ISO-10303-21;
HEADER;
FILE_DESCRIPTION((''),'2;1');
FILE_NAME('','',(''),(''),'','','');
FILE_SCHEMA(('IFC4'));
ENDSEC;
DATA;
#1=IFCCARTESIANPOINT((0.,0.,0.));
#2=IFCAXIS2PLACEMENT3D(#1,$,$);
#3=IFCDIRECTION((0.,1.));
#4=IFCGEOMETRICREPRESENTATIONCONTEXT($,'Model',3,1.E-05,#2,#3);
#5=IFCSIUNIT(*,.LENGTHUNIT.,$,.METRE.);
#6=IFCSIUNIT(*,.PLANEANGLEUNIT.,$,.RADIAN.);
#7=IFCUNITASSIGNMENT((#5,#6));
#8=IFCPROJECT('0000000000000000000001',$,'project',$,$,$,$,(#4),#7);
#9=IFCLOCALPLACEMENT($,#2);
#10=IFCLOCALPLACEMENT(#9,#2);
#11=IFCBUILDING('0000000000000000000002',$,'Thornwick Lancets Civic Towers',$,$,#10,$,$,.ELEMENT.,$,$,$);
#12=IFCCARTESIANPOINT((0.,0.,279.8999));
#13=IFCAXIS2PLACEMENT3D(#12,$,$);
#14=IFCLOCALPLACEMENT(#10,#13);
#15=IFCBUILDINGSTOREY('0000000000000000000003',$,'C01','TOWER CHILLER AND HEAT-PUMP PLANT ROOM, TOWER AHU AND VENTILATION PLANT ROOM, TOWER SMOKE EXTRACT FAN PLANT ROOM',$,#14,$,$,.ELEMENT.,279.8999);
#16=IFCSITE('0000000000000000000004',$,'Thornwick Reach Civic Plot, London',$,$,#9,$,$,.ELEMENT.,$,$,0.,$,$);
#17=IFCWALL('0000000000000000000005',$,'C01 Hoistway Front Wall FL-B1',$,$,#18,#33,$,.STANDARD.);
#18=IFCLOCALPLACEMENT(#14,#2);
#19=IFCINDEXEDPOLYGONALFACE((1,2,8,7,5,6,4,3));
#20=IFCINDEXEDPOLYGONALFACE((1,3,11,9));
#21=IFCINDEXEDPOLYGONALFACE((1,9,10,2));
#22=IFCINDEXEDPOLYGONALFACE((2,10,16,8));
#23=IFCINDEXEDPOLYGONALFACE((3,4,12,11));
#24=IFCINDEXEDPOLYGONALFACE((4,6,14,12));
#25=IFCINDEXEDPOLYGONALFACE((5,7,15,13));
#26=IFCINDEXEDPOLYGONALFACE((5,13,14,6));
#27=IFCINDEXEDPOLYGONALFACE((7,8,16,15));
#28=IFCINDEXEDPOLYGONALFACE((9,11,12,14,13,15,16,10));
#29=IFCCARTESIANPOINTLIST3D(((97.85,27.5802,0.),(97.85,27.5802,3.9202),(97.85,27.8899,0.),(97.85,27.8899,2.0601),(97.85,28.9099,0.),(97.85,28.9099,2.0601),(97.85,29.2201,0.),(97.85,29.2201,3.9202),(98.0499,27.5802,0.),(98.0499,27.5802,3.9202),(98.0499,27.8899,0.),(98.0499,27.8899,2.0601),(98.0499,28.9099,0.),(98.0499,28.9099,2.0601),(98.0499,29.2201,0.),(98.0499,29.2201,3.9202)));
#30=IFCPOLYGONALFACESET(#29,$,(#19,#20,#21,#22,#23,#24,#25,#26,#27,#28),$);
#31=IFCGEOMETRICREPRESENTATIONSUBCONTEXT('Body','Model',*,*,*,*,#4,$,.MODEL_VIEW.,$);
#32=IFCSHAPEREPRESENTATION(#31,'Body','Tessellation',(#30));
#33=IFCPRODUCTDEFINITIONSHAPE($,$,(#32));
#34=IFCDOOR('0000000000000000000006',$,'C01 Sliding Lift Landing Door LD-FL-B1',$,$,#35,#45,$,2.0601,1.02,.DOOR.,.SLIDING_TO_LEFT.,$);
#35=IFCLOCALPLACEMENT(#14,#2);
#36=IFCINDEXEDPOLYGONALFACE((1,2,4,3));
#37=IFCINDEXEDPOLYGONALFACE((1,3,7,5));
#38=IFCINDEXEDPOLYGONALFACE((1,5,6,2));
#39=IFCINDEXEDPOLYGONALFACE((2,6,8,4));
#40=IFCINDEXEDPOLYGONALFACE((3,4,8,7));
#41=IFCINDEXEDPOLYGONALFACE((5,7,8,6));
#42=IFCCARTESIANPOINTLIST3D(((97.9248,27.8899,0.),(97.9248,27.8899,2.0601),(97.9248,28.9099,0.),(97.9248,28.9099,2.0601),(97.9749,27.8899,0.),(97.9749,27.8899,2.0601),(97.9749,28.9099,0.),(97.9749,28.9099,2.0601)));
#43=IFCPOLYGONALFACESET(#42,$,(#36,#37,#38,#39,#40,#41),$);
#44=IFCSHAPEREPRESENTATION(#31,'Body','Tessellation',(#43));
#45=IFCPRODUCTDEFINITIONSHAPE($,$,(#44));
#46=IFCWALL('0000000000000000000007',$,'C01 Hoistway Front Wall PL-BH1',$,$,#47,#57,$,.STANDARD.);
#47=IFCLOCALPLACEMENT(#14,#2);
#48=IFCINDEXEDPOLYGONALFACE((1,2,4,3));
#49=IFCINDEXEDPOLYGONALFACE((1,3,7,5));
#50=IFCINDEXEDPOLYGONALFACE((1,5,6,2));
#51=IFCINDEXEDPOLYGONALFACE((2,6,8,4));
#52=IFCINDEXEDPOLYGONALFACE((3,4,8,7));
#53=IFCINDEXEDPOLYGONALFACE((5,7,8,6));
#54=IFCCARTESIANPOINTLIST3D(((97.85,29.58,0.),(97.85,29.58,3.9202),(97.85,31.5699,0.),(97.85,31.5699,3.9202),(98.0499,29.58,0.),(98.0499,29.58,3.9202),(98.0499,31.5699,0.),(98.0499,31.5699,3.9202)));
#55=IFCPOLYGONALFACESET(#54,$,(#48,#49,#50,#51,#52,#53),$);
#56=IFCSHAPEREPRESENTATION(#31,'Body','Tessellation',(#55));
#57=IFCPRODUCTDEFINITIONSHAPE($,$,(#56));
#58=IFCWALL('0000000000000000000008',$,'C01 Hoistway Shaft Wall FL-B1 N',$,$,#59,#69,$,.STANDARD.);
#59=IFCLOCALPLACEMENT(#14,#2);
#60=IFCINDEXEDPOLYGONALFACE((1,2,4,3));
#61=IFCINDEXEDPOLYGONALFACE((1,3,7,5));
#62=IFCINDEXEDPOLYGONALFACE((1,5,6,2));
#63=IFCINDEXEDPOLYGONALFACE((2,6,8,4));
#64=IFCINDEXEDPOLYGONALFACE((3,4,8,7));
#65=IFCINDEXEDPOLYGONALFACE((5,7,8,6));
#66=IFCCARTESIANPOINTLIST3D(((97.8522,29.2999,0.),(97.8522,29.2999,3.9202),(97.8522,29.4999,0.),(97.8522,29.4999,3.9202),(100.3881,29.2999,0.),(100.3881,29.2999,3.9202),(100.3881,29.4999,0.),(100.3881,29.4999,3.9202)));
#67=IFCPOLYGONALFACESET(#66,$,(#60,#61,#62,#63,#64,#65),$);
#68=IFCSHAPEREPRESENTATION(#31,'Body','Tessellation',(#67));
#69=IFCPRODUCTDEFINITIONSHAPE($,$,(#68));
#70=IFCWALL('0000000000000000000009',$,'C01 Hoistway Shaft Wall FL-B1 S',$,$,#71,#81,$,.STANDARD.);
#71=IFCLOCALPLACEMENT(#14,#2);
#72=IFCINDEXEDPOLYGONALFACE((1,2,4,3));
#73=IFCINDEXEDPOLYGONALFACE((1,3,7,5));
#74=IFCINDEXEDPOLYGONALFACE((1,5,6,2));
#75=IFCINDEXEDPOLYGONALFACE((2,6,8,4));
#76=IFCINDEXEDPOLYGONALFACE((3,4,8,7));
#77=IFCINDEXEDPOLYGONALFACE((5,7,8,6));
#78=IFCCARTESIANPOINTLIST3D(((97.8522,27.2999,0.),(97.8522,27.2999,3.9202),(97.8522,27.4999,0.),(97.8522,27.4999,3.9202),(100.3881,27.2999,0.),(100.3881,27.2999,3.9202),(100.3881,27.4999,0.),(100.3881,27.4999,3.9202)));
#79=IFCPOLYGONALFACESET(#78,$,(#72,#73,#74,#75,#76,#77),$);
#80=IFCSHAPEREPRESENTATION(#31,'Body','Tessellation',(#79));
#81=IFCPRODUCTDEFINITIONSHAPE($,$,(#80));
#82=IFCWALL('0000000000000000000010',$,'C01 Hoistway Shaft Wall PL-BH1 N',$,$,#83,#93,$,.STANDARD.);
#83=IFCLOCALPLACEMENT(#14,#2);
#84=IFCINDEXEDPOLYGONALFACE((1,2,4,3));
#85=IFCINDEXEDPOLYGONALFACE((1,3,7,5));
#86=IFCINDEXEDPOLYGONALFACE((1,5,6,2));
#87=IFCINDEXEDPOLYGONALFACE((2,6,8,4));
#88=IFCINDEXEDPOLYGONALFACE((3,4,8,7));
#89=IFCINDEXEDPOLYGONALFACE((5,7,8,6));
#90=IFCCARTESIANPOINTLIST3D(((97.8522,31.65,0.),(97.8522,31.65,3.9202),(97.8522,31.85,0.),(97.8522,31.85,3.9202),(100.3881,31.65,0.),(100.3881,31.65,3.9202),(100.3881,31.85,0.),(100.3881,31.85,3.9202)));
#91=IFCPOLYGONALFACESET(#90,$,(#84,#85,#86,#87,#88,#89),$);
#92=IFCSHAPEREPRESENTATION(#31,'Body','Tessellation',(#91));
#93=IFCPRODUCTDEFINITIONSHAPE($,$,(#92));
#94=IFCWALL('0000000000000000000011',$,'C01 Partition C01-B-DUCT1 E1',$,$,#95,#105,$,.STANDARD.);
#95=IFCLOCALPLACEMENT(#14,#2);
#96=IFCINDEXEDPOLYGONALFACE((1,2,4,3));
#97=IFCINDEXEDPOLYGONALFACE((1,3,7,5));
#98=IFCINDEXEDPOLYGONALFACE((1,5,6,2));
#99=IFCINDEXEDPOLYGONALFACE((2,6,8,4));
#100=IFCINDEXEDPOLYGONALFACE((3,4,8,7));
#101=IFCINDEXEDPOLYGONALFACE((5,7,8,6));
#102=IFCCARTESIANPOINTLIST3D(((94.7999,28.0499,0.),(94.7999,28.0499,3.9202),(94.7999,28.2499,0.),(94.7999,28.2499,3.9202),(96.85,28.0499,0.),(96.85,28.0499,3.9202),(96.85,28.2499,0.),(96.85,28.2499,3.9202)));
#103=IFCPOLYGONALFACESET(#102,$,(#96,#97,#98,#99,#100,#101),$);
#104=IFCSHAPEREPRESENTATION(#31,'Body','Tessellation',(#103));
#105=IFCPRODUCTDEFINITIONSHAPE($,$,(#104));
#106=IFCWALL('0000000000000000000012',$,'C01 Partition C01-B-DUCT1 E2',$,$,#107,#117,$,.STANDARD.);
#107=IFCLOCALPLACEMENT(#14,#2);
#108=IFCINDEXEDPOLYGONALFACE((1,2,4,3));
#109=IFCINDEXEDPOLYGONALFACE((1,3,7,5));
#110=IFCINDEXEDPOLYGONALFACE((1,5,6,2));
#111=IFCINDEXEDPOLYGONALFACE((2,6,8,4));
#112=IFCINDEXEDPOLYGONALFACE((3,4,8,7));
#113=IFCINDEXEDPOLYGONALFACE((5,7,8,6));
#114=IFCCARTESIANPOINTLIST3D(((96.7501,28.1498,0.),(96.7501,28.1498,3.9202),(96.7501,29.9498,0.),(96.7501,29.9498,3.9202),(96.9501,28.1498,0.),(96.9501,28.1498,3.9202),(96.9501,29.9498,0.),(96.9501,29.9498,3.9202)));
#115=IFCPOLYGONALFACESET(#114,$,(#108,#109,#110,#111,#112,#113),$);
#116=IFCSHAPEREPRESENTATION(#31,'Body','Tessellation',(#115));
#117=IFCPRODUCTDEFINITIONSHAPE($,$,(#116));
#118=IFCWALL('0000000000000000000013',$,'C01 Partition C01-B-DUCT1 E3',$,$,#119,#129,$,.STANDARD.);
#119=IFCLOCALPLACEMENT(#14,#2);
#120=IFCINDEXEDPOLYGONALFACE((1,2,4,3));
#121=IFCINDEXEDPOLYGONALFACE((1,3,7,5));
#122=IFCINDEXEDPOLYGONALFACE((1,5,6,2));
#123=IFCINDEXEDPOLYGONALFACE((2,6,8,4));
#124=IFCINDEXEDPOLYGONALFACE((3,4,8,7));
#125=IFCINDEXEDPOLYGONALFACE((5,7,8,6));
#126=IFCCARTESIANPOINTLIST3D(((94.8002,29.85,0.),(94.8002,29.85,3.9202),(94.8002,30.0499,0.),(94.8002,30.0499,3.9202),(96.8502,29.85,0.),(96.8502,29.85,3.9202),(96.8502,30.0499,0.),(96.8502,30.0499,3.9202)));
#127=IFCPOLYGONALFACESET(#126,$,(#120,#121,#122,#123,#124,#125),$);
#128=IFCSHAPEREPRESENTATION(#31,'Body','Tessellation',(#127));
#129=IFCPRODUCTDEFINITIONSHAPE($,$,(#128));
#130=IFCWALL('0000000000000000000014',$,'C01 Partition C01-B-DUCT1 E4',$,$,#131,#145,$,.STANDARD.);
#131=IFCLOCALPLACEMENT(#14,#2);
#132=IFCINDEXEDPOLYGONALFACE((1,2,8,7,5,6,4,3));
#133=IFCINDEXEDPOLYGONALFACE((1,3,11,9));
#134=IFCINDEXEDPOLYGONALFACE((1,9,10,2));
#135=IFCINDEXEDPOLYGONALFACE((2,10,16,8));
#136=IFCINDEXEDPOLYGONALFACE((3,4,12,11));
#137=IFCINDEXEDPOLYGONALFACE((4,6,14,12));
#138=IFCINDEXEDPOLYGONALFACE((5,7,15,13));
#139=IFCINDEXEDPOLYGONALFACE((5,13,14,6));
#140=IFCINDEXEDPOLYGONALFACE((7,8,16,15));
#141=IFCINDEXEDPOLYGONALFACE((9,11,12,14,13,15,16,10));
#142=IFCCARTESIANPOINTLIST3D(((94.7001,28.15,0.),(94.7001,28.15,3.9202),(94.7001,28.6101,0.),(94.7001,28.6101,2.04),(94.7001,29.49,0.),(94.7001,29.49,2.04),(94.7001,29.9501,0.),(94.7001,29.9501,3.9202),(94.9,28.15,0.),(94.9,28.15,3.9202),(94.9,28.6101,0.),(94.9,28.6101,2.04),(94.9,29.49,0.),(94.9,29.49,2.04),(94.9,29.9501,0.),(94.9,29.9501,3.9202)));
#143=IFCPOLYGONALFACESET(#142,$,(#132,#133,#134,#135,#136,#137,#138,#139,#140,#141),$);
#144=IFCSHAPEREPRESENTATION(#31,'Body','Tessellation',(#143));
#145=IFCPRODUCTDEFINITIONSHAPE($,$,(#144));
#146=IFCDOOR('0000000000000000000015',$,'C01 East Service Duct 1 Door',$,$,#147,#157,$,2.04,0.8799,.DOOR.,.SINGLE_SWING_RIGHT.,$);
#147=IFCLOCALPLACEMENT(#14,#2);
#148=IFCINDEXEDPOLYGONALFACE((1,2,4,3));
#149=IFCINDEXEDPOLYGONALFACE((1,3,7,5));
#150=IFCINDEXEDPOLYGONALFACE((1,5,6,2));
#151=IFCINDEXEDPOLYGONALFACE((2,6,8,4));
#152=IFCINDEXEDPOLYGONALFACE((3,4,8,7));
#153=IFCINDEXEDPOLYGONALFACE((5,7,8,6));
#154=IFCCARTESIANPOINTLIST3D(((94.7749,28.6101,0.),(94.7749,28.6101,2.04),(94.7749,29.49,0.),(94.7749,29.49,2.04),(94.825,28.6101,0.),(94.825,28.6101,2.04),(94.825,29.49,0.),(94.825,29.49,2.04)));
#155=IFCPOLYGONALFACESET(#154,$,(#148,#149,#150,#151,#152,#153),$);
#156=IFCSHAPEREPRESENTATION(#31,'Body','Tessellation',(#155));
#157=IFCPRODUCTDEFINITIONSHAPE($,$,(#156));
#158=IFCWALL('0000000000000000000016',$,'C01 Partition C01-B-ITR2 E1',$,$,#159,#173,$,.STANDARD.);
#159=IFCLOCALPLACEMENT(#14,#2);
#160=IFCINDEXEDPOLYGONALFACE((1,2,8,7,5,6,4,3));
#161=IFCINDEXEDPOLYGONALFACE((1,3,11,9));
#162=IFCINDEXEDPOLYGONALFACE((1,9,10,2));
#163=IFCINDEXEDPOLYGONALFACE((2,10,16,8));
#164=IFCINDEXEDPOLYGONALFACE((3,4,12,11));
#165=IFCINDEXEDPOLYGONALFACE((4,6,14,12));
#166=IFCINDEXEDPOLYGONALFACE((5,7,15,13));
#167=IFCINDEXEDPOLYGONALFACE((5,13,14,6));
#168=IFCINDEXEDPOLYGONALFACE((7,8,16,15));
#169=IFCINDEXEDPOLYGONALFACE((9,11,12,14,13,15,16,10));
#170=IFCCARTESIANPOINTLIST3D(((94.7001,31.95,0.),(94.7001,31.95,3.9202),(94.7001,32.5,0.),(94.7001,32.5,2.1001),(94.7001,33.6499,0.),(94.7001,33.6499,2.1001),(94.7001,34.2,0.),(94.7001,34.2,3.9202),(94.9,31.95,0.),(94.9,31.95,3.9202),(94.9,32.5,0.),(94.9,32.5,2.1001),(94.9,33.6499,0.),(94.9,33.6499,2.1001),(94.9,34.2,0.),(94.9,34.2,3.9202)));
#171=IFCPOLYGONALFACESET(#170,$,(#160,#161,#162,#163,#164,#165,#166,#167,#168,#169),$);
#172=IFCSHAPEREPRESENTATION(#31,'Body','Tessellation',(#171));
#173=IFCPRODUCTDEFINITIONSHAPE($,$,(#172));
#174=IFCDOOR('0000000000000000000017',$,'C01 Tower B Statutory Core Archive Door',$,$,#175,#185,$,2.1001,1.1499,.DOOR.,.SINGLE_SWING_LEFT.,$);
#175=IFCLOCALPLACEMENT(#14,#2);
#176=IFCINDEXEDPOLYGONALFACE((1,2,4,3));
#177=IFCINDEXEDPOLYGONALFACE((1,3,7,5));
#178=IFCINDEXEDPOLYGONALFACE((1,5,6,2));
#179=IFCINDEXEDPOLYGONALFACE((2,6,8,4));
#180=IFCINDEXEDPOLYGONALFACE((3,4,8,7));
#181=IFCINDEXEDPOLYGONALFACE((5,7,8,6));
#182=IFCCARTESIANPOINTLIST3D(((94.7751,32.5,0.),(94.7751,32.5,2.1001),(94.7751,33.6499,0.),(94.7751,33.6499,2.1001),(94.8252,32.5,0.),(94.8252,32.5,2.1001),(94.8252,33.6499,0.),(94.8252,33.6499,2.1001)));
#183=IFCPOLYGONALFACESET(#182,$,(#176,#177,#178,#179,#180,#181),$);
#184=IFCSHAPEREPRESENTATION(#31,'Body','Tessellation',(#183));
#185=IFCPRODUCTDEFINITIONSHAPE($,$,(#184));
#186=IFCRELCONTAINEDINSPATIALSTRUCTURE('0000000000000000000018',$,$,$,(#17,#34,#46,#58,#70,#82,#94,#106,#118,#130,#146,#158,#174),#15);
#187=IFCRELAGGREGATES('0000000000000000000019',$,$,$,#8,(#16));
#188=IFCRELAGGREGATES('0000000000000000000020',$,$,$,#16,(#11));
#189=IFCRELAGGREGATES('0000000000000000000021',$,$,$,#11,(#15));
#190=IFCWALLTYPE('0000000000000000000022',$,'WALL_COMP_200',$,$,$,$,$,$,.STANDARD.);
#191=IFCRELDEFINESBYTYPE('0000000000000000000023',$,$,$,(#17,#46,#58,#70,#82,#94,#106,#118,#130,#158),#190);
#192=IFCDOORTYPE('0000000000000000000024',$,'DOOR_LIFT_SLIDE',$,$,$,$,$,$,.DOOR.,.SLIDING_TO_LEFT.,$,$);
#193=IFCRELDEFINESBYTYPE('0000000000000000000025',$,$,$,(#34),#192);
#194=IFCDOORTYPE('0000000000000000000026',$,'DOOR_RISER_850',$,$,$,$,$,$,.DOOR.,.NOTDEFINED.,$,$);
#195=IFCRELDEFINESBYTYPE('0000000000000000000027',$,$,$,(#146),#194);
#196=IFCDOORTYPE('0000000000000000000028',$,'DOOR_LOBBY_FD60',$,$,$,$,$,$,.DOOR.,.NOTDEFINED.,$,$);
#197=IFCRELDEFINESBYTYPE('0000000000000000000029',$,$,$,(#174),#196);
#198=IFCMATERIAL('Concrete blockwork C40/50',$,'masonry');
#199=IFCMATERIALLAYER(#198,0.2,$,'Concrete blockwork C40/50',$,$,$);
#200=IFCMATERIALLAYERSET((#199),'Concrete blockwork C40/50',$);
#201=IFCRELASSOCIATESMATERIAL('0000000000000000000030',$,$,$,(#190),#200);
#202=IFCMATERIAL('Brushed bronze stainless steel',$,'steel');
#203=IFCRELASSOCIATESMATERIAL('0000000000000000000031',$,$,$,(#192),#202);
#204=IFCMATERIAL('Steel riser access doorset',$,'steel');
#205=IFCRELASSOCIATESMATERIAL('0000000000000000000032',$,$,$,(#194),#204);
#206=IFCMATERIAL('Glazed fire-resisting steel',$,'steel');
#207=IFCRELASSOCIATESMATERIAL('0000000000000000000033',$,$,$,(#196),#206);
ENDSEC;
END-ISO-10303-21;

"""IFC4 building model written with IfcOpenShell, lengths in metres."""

from ifc_helpers import new_model, si_unit, direction, frame, frame_2d, origin, place, context, subcontext, project, spatial, rectangle, extrude, material, layer, layer_set, type_object, element, fill, save


model = new_model("IFC4")

# Units and contexts
model_context = context("Model", 3, precision=1e-05, world=origin(), true_north=direction((0.0, 1.0)))
body_context = subcontext(model_context, "Body", "Model", "MODEL_VIEW")
ifc_project = project(units=[si_unit("LENGTHUNIT", "METRE"), si_unit("PLANEANGLEUNIT", "RADIAN")], contexts=[model_context])

# Site, building, storey
site_placement = place(None, origin())
site = spatial("IfcSite", under=ifc_project, at=site_placement, Name="Thornwick Reach Civic Plot, London", CompositionType="ELEMENT", RefElevation=0.0)
building_placement = place(site_placement, origin())
building = spatial("IfcBuilding", under=site, at=building_placement, Name="Thornwick Lancets Civic Towers", CompositionType="ELEMENT")
storey_placement = place(building_placement, frame((0.0, 0.0, 279.8999)))
storey = spatial("IfcBuildingStorey", under=building, at=storey_placement, Name="C01", Description="TOWER CHILLER AND HEAT-PUMP PLANT ROOM, TOWER AHU AND VENTILATION PLANT ROOM, TOWER SMOKE EXTRACT FAN PLANT ROOM", CompositionType="ELEMENT", Elevation=279.8999)

# Wall, opening, door
ifc_material_1 = material(Name="Concrete blockwork C40/50", Category="masonry")
ifc_layer_1 = layer(ifc_material_1, 0.2, Name="Concrete blockwork C40/50")
ifc_layer_set_1 = layer_set([ifc_layer_1], Name="Concrete blockwork C40/50")
wall_type_1 = type_object("IfcWallType", Name="WALL_COMP_200", PredefinedType="STANDARD", material=ifc_layer_set_1)
wall_1_placement = place(storey_placement, frame((97.95, 29.22, 0.0), z_axis=(0.0, 0.0, 1.0), x_axis=(0.0, -1.0, 0.0)))
wall_1 = element("IfcWall", 1, at=wall_1_placement, inside=storey, type_object=wall_type_1, Name="C01 Hoistway Front Wall FL-B1", PredefinedType="STANDARD", context=body_context, shape_type="SweptSolid", body=[
    extrude(rectangle(XDim=1.6399, YDim=0.2, at=frame_2d((0.8198, 0.0))), origin(), (0.0, 0.0, 1.0), 3.9202),
])
opening_1_placement = place(wall_1_placement, frame((0.3101, 0.0, 0.0)))
opening_1 = element("IfcOpeningElement", 2, at=opening_1_placement, cuts=wall_1, PredefinedType="OPENING", context=body_context, shape_type="SweptSolid", body=[
    extrude(rectangle(XDim=1.02, YDim=2.0601, at=frame_2d((0.51, 1.03))), frame((0.0, 0.1099, 0.0), z_axis=(0.0, -1.0, 0.0), x_axis=(1.0, 0.0, 0.0)), (0.0, 0.0, 1.0), 0.22),
])
ifc_material_2 = material(Name="Brushed bronze stainless steel", Category="steel")
door_type_1 = type_object("IfcDoorType", Name="DOOR_LIFT_SLIDE", OperationType="SLIDING_TO_LEFT", PredefinedType="DOOR", material=ifc_material_2)
door_1_placement = place(opening_1_placement, origin())
door_1 = element("IfcDoor", 3, at=door_1_placement, inside=storey, type_object=door_type_1, Name="C01 Sliding Lift Landing Door LD-FL-B1", OperationType="SLIDING_TO_LEFT", OverallHeight=2.0601, OverallWidth=1.02, PredefinedType="DOOR", context=body_context, shape_type="SweptSolid", body=[
    extrude(rectangle(XDim=1.02, YDim=2.0601, at=frame_2d((0.51, 1.03))), frame((0.0, 0.0249, 0.0), z_axis=(0.0, -1.0, 0.0), x_axis=(1.0, 0.0, 0.0)), (0.0, 0.0, 1.0), 0.05),
])
fill(opening_1, door_1)

# Walls
wall_2_placement = place(storey_placement, frame((97.95, 31.5701, 0.0), z_axis=(0.0, 0.0, 1.0), x_axis=(0.0, -1.0, 0.0)))
element("IfcWall", 4, at=wall_2_placement, inside=storey, type_object=wall_type_1, Name="C01 Hoistway Front Wall PL-BH1", PredefinedType="STANDARD", context=body_context, shape_type="SweptSolid", body=[
    extrude(rectangle(XDim=1.99, YDim=0.2, at=frame_2d((0.9951, 0.0))), origin(), (0.0, 0.0, 1.0), 3.9202),
])
for number, where, z_axis, x_axis, name in (
    (5, (97.8521, 29.3999, 0.0), (0.0, 0.0, 1.0), (1.0, 0.0, 0.0), "C01 Hoistway Shaft Wall FL-B1 N"),
    (6, (97.8521, 27.3999, 0.0), (0.0, 0.0, 1.0), (1.0, 0.0, 0.0), "C01 Hoistway Shaft Wall FL-B1 S"),
    (7, (97.8521, 31.75, 0.0), (0.0, 0.0, 1.0), (1.0, 0.0, 0.0), "C01 Hoistway Shaft Wall PL-BH1 N"),
):
    element("IfcWall", number, at=place(storey_placement, frame(where, z_axis=z_axis, x_axis=x_axis)), inside=storey, type_object=wall_type_1, Name=name, PredefinedType="STANDARD", context=body_context, shape_type="SweptSolid", body=[
        extrude(rectangle(XDim=2.5359, YDim=0.2, at=frame_2d((1.2681, 0.0))), origin(), (0.0, 0.0, 1.0), 3.9202),
    ])
wall_3_placement = place(storey_placement, frame((94.8, 28.1499, 0.0), z_axis=(0.0, 0.0, 1.0), x_axis=(1.0, 0.0, 0.0)))
element("IfcWall", 8, at=wall_3_placement, inside=storey, type_object=wall_type_1, Name="C01 Partition C01-B-DUCT1 E1", PredefinedType="STANDARD", context=body_context, shape_type="SweptSolid", body=[
    extrude(rectangle(XDim=2.05, YDim=0.2, at=frame_2d((1.0249, 0.0))), origin(), (0.0, 0.0, 1.0), 3.9202),
])
wall_4_placement = place(storey_placement, frame((96.8501, 28.1499, 0.0), z_axis=(0.0, 0.0, 1.0), x_axis=(0.0, 1.0, 0.0)))
element("IfcWall", 9, at=wall_4_placement, inside=storey, type_object=wall_type_1, Name="C01 Partition C01-B-DUCT1 E2", PredefinedType="STANDARD", context=body_context, shape_type="SweptSolid", body=[
    extrude(rectangle(XDim=1.8, YDim=0.2, at=frame_2d((0.8999, 0.0))), origin(), (0.0, 0.0, 1.0), 3.9202),
])
wall_5_placement = place(storey_placement, frame((96.8501, 29.95, 0.0), z_axis=(0.0, 0.0, 1.0), x_axis=(-1.0, 0.0, 0.0)))
element("IfcWall", 10, at=wall_5_placement, inside=storey, type_object=wall_type_1, Name="C01 Partition C01-B-DUCT1 E3", PredefinedType="STANDARD", context=body_context, shape_type="SweptSolid", body=[
    extrude(rectangle(XDim=2.05, YDim=0.2, at=frame_2d((1.0249, 0.0))), origin(), (0.0, 0.0, 1.0), 3.9202),
])

# Walls, openings, doors
wall_6_placement = place(storey_placement, frame((94.8, 29.95, 0.0), z_axis=(0.0, 0.0, 1.0), x_axis=(0.0, -1.0, 0.0)))
wall_6 = element("IfcWall", 11, at=wall_6_placement, inside=storey, type_object=wall_type_1, Name="C01 Partition C01-B-DUCT1 E4", PredefinedType="STANDARD", context=body_context, shape_type="SweptSolid", body=[
    extrude(rectangle(XDim=1.8, YDim=0.2, at=frame_2d((0.8999, 0.0))), origin(), (0.0, 0.0, 1.0), 3.9202),
])
opening_2_placement = place(wall_6_placement, frame((0.46, 0.0, 0.0)))
opening_2 = element("IfcOpeningElement", 12, at=opening_2_placement, cuts=wall_6, PredefinedType="OPENING", context=body_context, shape_type="SweptSolid", body=[
    extrude(rectangle(XDim=0.8799, YDim=2.04, at=frame_2d((0.4399, 1.02))), frame((0.0, 0.1099, 0.0), z_axis=(0.0, -1.0, 0.0), x_axis=(1.0, 0.0, 0.0)), (0.0, 0.0, 1.0), 0.22),
])
ifc_material_3 = material(Name="Steel riser access doorset", Category="steel")
door_type_2 = type_object("IfcDoorType", Name="DOOR_RISER_850", OperationType="NOTDEFINED", PredefinedType="DOOR", material=ifc_material_3)
door_2_placement = place(opening_2_placement, origin())
door_2 = element("IfcDoor", 13, at=door_2_placement, inside=storey, type_object=door_type_2, Name="C01 East Service Duct 1 Door", OperationType="SINGLE_SWING_RIGHT", OverallHeight=2.04, OverallWidth=0.8799, PredefinedType="DOOR", context=body_context, shape_type="SweptSolid", body=[
    extrude(rectangle(XDim=0.8799, YDim=2.04, at=frame_2d((0.4399, 1.02))), frame((0.0, 0.0249, 0.0), z_axis=(0.0, -1.0, 0.0), x_axis=(1.0, 0.0, 0.0)), (0.0, 0.0, 1.0), 0.05),
])
fill(opening_2, door_2)
wall_7_placement = place(storey_placement, frame((94.8, 31.95, 0.0), z_axis=(0.0, 0.0, 1.0), x_axis=(0.0, 1.0, 0.0)))
wall_7 = element("IfcWall", 14, at=wall_7_placement, inside=storey, type_object=wall_type_1, Name="C01 Partition C01-B-ITR2 E1", PredefinedType="STANDARD", context=body_context, shape_type="SweptSolid", body=[
    extrude(rectangle(XDim=2.25, YDim=0.2, at=frame_2d((1.125, 0.0))), origin(), (0.0, 0.0, 1.0), 3.9202),
])
opening_3_placement = place(wall_7_placement, frame((0.55, 0.0, 0.0)))
opening_3 = element("IfcOpeningElement", 15, at=opening_3_placement, cuts=wall_7, PredefinedType="OPENING", context=body_context, shape_type="SweptSolid", body=[
    extrude(rectangle(XDim=1.1499, YDim=2.1001, at=frame_2d((0.575, 1.05))), frame((0.0, 0.1099, 0.0), z_axis=(0.0, -1.0, 0.0), x_axis=(1.0, 0.0, 0.0)), (0.0, 0.0, 1.0), 0.22),
])
ifc_material_4 = material(Name="Glazed fire-resisting steel", Category="steel")
door_type_3 = type_object("IfcDoorType", Name="DOOR_LOBBY_FD60", OperationType="NOTDEFINED", PredefinedType="DOOR", material=ifc_material_4)
door_3_placement = place(opening_3_placement, origin())
door_3 = element("IfcDoor", 16, at=door_3_placement, inside=storey, type_object=door_type_3, Name="C01 Tower B Statutory Core Archive Door", OperationType="SINGLE_SWING_LEFT", OverallHeight=2.1001, OverallWidth=1.1499, PredefinedType="DOOR", context=body_context, shape_type="SweptSolid", body=[
    extrude(rectangle(XDim=1.1499, YDim=2.1001, at=frame_2d((0.575, 1.05))), frame((0.0, 0.0249, 0.0), z_axis=(0.0, -1.0, 0.0), x_axis=(1.0, 0.0, 0.0)), (0.0, 0.0, 1.0), 0.05),
])
fill(opening_3, door_3)

save(model, "model.ifc")
